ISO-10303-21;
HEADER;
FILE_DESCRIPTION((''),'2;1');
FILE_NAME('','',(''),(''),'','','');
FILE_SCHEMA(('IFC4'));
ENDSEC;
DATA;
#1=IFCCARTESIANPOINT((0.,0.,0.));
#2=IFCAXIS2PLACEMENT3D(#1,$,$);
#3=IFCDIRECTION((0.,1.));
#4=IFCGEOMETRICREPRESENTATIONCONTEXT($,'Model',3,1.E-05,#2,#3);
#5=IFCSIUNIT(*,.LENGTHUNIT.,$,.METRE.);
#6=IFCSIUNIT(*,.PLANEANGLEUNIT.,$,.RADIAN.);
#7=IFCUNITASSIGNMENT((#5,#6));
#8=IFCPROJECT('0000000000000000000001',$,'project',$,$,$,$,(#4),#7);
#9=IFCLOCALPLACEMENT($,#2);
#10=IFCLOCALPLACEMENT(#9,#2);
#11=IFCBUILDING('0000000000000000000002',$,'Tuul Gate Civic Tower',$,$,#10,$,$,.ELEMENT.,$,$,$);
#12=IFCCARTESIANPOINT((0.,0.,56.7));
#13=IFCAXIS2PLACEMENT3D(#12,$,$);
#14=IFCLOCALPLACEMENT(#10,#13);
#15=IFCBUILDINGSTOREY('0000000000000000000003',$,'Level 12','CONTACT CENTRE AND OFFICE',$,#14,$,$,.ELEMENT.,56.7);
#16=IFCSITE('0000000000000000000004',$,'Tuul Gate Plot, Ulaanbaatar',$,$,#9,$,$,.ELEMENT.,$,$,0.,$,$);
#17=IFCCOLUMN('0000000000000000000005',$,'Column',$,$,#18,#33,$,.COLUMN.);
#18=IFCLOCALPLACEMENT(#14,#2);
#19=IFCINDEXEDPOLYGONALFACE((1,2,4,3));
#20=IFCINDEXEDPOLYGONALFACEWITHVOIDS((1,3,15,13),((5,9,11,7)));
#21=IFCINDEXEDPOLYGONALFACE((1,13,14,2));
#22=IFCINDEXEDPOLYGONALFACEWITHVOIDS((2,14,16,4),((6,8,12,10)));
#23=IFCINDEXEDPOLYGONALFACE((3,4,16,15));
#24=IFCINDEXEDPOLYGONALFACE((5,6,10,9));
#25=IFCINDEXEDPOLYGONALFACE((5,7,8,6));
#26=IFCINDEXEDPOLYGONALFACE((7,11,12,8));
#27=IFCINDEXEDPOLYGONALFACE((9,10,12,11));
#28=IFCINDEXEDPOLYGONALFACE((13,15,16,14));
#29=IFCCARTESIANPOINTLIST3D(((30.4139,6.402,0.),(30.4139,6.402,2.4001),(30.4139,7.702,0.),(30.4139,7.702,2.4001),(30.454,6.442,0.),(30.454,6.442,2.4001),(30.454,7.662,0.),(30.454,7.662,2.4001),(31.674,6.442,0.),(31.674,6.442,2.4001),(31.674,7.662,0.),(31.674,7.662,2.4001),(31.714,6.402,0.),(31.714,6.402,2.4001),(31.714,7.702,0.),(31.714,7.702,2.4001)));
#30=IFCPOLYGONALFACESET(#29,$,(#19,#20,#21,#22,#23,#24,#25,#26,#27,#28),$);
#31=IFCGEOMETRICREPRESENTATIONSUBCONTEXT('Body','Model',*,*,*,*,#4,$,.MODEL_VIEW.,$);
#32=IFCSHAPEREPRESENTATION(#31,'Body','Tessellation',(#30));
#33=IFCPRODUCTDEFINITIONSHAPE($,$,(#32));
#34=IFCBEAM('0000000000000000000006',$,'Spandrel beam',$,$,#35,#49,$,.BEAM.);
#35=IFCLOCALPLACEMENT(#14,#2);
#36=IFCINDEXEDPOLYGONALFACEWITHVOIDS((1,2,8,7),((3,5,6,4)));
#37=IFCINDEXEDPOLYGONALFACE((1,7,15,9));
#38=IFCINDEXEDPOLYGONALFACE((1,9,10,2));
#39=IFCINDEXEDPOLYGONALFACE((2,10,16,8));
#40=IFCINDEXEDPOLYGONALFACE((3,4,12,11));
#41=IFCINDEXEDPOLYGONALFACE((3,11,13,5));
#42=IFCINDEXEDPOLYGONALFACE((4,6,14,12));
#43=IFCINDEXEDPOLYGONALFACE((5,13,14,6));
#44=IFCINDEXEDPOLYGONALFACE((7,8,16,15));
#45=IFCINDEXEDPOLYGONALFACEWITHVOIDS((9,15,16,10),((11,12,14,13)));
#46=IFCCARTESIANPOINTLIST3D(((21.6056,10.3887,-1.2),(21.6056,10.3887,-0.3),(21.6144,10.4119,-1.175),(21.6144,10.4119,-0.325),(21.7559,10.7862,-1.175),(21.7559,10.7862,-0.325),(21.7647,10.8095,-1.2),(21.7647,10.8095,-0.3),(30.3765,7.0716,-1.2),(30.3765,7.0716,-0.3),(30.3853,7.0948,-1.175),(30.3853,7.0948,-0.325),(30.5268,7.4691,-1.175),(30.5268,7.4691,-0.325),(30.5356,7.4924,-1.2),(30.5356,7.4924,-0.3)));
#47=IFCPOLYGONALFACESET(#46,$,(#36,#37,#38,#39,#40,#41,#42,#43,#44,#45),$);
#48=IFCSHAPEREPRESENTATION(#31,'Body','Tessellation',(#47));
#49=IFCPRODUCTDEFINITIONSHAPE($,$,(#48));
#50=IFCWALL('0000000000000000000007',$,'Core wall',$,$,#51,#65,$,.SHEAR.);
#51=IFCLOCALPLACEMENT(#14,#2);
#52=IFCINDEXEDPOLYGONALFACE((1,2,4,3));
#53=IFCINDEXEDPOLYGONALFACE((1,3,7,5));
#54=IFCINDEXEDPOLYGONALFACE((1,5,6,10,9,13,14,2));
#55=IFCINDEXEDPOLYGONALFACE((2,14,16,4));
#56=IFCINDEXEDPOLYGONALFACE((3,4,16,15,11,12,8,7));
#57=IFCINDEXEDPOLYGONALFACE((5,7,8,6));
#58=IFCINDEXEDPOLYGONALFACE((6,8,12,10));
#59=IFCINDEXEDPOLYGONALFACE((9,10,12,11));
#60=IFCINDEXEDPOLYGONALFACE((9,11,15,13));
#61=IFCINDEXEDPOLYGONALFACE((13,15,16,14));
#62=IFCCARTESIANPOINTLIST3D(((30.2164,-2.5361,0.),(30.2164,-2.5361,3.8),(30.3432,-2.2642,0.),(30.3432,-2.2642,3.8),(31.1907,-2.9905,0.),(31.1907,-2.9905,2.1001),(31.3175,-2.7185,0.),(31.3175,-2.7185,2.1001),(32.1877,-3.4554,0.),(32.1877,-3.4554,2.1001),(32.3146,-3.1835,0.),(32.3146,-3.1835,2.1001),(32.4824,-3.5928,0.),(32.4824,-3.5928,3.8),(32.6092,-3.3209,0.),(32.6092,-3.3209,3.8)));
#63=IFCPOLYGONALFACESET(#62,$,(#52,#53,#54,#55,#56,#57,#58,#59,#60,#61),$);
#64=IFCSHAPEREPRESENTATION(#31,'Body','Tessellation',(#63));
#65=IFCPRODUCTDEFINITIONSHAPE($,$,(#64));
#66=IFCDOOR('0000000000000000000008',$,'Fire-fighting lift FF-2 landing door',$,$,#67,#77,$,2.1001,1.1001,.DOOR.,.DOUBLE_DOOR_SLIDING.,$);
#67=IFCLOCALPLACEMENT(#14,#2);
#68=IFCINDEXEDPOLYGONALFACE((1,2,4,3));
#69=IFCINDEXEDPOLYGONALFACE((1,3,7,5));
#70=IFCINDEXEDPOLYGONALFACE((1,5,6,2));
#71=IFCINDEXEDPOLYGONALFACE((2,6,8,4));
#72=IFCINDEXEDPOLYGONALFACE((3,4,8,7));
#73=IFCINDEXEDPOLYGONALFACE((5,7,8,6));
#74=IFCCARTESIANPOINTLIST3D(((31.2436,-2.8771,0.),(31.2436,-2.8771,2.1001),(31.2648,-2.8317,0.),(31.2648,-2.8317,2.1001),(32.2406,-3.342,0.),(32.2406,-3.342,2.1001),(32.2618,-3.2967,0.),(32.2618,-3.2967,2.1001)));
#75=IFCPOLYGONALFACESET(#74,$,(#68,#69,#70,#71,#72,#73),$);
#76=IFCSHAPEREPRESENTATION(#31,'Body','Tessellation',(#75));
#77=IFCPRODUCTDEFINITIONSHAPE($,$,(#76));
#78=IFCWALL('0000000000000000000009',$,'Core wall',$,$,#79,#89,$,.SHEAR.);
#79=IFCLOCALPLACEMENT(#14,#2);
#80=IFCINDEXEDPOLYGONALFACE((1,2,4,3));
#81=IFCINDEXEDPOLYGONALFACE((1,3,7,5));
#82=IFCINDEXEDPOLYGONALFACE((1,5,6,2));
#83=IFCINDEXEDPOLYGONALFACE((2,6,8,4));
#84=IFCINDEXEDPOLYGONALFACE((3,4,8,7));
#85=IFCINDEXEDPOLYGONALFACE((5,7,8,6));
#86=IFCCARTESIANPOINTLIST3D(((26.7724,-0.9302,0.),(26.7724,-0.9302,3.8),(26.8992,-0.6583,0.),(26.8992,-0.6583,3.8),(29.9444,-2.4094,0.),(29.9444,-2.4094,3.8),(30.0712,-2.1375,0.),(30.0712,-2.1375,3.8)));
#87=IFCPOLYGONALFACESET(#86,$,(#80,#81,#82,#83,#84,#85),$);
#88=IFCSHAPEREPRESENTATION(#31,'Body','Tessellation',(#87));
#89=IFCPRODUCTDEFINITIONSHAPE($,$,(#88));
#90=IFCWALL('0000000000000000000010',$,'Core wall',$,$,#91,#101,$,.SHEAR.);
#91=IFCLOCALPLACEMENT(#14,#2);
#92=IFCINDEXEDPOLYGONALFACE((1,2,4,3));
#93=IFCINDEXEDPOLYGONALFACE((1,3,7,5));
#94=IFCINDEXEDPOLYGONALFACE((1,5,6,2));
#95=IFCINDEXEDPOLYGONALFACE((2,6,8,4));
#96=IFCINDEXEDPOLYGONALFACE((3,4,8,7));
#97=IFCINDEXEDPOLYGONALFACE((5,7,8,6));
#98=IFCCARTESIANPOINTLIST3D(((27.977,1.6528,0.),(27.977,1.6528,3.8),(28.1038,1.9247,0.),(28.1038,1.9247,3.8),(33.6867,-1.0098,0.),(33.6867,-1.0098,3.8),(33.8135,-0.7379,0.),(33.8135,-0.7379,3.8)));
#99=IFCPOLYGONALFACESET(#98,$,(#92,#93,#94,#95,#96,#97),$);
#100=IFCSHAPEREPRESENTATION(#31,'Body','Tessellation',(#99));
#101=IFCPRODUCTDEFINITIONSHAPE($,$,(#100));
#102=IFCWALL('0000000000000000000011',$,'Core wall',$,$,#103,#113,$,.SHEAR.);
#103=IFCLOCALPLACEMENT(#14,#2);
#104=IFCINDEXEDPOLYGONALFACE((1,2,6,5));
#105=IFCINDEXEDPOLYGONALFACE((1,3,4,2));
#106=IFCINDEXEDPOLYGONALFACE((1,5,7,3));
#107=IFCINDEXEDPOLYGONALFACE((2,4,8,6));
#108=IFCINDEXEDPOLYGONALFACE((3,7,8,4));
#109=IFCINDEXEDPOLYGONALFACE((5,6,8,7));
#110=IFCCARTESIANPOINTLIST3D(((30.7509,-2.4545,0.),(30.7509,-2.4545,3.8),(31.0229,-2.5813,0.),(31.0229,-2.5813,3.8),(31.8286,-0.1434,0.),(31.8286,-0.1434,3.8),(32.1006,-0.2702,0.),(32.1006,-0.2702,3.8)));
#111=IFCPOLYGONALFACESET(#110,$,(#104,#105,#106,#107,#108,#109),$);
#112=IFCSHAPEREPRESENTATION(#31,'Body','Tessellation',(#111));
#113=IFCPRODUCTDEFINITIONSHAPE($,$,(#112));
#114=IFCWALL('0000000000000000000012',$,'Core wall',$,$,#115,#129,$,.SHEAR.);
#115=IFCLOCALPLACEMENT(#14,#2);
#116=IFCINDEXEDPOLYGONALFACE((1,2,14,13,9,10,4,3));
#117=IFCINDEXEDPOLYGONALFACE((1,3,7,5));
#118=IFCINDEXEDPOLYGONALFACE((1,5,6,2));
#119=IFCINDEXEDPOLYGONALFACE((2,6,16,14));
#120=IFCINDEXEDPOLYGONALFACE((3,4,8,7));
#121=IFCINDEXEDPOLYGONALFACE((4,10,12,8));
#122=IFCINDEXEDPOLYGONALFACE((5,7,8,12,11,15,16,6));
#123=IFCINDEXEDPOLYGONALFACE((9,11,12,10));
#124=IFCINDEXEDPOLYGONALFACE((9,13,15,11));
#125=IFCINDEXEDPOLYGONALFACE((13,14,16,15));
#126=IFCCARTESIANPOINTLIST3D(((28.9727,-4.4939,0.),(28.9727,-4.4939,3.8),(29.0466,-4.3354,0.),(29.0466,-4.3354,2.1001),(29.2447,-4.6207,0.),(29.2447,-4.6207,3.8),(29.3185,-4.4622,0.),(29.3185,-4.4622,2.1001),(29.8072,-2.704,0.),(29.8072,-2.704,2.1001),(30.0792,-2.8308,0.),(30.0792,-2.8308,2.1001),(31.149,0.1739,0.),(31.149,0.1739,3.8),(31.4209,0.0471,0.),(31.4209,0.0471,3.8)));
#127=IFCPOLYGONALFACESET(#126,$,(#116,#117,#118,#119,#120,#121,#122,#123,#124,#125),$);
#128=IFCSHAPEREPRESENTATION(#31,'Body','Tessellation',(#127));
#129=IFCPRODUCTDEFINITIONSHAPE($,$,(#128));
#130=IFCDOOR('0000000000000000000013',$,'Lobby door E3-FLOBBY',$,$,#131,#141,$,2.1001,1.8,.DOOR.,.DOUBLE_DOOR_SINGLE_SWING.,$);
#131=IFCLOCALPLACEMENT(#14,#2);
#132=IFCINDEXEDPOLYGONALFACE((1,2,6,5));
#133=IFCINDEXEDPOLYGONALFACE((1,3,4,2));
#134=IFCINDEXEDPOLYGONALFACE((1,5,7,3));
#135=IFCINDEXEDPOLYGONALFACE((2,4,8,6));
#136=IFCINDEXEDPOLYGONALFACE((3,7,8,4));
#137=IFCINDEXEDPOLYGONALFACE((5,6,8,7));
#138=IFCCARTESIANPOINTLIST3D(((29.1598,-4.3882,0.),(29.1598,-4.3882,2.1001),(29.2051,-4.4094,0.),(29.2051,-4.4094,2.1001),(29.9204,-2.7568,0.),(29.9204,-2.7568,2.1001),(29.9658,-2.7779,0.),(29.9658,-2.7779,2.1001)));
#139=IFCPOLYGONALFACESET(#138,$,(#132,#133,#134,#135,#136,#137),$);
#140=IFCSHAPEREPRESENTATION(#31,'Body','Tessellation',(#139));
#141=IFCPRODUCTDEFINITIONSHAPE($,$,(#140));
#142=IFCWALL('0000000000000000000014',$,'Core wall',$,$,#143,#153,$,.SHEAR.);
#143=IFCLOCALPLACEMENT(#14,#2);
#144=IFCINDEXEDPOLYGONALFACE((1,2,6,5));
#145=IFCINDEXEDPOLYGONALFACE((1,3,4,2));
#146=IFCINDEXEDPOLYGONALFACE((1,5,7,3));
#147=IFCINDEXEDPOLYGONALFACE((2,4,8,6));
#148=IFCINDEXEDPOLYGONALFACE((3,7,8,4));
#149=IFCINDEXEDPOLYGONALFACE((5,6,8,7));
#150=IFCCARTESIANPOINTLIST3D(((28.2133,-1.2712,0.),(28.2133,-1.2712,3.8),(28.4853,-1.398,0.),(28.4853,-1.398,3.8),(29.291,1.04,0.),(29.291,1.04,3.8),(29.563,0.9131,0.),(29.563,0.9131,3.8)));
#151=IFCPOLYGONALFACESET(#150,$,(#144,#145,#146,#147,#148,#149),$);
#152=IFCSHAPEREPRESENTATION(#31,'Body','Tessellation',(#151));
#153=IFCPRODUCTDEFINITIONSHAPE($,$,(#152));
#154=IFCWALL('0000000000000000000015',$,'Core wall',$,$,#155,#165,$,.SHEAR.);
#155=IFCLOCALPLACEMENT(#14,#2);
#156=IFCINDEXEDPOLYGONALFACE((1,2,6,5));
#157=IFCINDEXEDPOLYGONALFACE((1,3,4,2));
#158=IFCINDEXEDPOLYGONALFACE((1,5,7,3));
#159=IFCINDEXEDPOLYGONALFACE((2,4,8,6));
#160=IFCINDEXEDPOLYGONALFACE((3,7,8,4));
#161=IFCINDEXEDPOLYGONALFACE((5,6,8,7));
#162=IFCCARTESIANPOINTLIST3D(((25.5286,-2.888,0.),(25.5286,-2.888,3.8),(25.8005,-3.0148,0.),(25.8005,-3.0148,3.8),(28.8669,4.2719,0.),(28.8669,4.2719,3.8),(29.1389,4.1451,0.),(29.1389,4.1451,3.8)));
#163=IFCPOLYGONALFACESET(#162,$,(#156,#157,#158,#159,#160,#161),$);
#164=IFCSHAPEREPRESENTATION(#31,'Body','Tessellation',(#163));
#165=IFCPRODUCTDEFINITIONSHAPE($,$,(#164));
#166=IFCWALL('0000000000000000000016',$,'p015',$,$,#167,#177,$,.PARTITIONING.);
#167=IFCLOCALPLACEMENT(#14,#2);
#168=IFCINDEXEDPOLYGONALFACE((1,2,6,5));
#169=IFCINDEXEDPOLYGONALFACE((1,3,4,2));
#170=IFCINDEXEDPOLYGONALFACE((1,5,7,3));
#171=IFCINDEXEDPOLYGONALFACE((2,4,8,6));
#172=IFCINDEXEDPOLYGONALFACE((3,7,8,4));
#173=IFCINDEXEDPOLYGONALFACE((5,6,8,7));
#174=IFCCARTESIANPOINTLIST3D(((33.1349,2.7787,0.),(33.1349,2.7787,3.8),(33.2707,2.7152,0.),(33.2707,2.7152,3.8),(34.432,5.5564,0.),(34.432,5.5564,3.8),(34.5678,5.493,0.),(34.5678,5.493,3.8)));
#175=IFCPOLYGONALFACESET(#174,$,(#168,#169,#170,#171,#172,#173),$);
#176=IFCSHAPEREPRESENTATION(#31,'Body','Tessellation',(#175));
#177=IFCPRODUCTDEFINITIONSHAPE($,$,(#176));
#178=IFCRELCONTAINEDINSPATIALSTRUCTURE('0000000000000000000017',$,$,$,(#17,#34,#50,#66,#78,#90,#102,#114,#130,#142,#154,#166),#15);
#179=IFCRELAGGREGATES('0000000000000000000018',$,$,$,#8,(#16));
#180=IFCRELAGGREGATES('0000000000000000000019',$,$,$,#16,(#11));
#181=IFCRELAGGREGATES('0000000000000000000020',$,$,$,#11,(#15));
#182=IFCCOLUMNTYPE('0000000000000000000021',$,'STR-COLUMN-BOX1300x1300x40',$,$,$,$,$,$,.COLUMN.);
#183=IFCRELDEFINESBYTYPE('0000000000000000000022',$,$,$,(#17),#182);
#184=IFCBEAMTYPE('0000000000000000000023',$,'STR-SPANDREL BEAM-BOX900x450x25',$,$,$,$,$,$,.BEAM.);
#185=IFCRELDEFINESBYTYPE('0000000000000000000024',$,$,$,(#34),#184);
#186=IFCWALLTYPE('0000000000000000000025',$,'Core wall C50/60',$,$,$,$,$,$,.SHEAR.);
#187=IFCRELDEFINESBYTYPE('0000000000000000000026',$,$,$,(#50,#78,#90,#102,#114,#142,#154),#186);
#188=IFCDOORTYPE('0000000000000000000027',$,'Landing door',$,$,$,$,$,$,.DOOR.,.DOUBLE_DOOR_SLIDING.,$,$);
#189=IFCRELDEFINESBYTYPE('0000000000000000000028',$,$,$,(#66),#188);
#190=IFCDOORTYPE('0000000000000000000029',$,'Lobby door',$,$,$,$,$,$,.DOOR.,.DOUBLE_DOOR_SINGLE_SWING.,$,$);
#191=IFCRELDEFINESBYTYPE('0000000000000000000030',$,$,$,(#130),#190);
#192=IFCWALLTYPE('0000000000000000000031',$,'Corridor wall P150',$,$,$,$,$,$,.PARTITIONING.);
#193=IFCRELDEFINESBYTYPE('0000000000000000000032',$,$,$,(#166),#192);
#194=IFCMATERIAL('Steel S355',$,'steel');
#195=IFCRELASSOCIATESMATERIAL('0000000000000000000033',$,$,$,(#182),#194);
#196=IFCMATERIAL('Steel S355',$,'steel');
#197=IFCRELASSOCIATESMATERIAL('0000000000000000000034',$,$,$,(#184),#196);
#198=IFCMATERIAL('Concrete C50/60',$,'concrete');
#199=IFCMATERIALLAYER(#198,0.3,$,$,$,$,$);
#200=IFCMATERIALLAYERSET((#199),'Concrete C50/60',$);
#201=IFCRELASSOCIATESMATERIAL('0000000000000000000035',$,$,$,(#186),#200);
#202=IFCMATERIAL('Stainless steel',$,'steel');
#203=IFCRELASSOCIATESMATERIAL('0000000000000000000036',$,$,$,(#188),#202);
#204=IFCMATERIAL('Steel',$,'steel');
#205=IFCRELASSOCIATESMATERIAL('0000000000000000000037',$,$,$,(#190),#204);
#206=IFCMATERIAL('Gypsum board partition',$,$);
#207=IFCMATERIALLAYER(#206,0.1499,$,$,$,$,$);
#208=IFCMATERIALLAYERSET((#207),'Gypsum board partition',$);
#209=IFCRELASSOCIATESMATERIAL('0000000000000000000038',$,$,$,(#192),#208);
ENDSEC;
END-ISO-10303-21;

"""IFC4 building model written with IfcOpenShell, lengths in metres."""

from ifc_helpers import new_model, si_unit, direction, frame, frame_2d, origin, origin_2d, place, context, subcontext, project, spatial, rectangle, hollow_rectangle, extrude, material, layer, layer_set, material_profile, profile_set, type_object, element, fill, save


model = new_model("IFC4")

# Units and contexts
model_context = context("Model", 3, precision=1e-05, world=origin(), true_north=direction((0.0, 1.0)))
body_context = subcontext(model_context, "Body", "Model", "MODEL_VIEW")
ifc_project = project(units=[si_unit("LENGTHUNIT", "METRE"), si_unit("PLANEANGLEUNIT", "RADIAN")], contexts=[model_context])

# Site, building, storey
site_placement = place(None, origin())
site = spatial("IfcSite", under=ifc_project, at=site_placement, Name="Tuul Gate Plot, Ulaanbaatar", CompositionType="ELEMENT", RefElevation=0.0)
building_placement = place(site_placement, origin())
building = spatial("IfcBuilding", under=site, at=building_placement, Name="Tuul Gate Civic Tower", CompositionType="ELEMENT")
storey_placement = place(building_placement, frame((0.0, 0.0, 56.7)))
storey = spatial("IfcBuildingStorey", under=building, at=storey_placement, Name="Level 12", Description="CONTACT CENTRE AND OFFICE", CompositionType="ELEMENT", Elevation=56.7)

# Column
ifc_material_1 = material(Name="Steel S355", Category="steel")
ifc_material_profile_1 = material_profile(ifc_material_1, hollow_rectangle(XDim=1.3, YDim=1.3, WallThickness=0.04, at=origin_2d()), Name="BOX1300x1300x40")
ifc_profile_set_1 = profile_set([ifc_material_profile_1], Name="Steel S355")
column_type = type_object("IfcColumnType", Name="STR-COLUMN-BOX1300x1300x40", PredefinedType="COLUMN", material=ifc_profile_set_1)
column_placement = place(storey_placement, frame((31.064, 7.052, 0.0), z_axis=(0.0, 0.0, 1.0), x_axis=(1.0, 0.0, 0.0)))
element("IfcColumn", 1, at=column_placement, inside=storey, type_object=column_type, Name="Column", PredefinedType="COLUMN", context=body_context, shape_type="SweptSolid", body=[
    extrude(hollow_rectangle(XDim=1.3, YDim=1.3, WallThickness=0.04, at=origin_2d()), origin(), (0.0, 0.0, 1.0), 2.4001),
])

# Beam
ifc_material_2 = material(Name="Steel S355", Category="steel")
ifc_material_profile_2 = material_profile(ifc_material_2, hollow_rectangle(XDim=0.45, YDim=0.8999, WallThickness=0.0249, at=origin_2d()), Name="BOX900x450x25")
ifc_profile_set_2 = profile_set([ifc_material_profile_2], Name="Steel S355")
beam_type = type_object("IfcBeamType", Name="STR-SPANDREL BEAM-BOX900x450x25", PredefinedType="BEAM", material=ifc_profile_set_2)
beam_placement = place(storey_placement, frame((30.4561, 7.282, -0.75), z_axis=(-0.935343, 0.353741, 0.0), x_axis=(-0.353741, -0.935343, 0.0)))
element("IfcBeam", 2, at=beam_placement, inside=storey, type_object=beam_type, Name="Spandrel beam", PredefinedType="BEAM", context=body_context, shape_type="SweptSolid", body=[
    extrude(hollow_rectangle(XDim=0.45, YDim=0.8999, WallThickness=0.0249, at=origin_2d()), origin(), (0.0, 0.0, 1.0), 9.3772),
])

# Wall, opening, door
ifc_material_3 = material(Name="Concrete C50/60", Category="concrete")
ifc_layer_1 = layer(ifc_material_3, 0.3)
ifc_layer_set_1 = layer_set([ifc_layer_1], Name="Concrete C50/60")
wall_type_1 = type_object("IfcWallType", Name="Core wall C50/60", PredefinedType="SHEAR", material=ifc_layer_set_1)
wall_1_placement = place(storey_placement, frame((32.5457, -3.4568, 0.0), z_axis=(0.0, 0.0, 1.0), x_axis=(-0.9063, 0.422634, 0.0)))
wall_1 = element("IfcWall", 3, at=wall_1_placement, inside=storey, type_object=wall_type_1, Name="Core wall", PredefinedType="SHEAR", context=body_context, shape_type="SweptSolid", body=[
    extrude(rectangle(XDim=2.5002, YDim=0.3, at=frame_2d((1.25, 0.0))), origin(), (0.0, 0.0, 1.0), 3.8),
])
opening_1_placement = place(wall_1_placement, frame((0.325, 0.0, 0.0)))
opening_1 = element("IfcOpeningElement", 4, at=opening_1_placement, cuts=wall_1, PredefinedType="OPENING", context=body_context, shape_type="SweptSolid", body=[
    extrude(rectangle(XDim=1.1001, YDim=2.1001, at=frame_2d((0.55, 1.05))), frame((0.0, 0.1602, 0.0), z_axis=(0.0, -1.0, 0.0), x_axis=(1.0, 0.0, 0.0)), (0.0, 0.0, 1.0), 0.3201),
])
ifc_material_4 = material(Name="Stainless steel", Category="steel")
door_type_1 = type_object("IfcDoorType", Name="Landing door", OperationType="DOUBLE_DOOR_SLIDING", PredefinedType="DOOR", material=ifc_material_4)
door_1_placement = place(opening_1_placement, origin())
door_1 = element("IfcDoor", 5, at=door_1_placement, inside=storey, type_object=door_type_1, Name="Fire-fighting lift FF-2 landing door", OperationType="DOUBLE_DOOR_SLIDING", OverallHeight=2.1001, OverallWidth=1.1001, PredefinedType="DOOR", context=body_context, shape_type="SweptSolid", body=[
    extrude(rectangle(XDim=1.1001, YDim=2.1001, at=frame_2d((0.55, 1.05))), frame((0.0, 0.0249, 0.0), z_axis=(0.0, -1.0, 0.0), x_axis=(1.0, 0.0, 0.0)), (0.0, 0.0, 1.0), 0.05),
])
fill(opening_1, door_1)

# Walls
wall_2_placement = place(storey_placement, frame((30.0078, -2.2734, 0.0), z_axis=(0.0, 0.0, 1.0), x_axis=(-0.906301, 0.422633, 0.0)))
element("IfcWall", 6, at=wall_2_placement, inside=storey, type_object=wall_type_1, Name="Core wall", PredefinedType="SHEAR", context=body_context, shape_type="SweptSolid", body=[
    extrude(rectangle(XDim=3.5, YDim=0.3, at=frame_2d((1.75, 0.0))), origin(), (0.0, 0.0, 1.0), 3.8),
])
wall_3_placement = place(storey_placement, frame((33.75, -0.8738, 0.0), z_axis=(0.0, 0.0, 1.0), x_axis=(-0.906301, 0.422633, 0.0)))
element("IfcWall", 7, at=wall_3_placement, inside=storey, type_object=wall_type_1, Name="Core wall", PredefinedType="SHEAR", context=body_context, shape_type="SweptSolid", body=[
    extrude(rectangle(XDim=6.3, YDim=0.3, at=frame_2d((3.1499, 0.0))), origin(), (0.0, 0.0, 1.0), 3.8),
])
wall_4_placement = place(storey_placement, frame((30.887, -2.5178, 0.0), z_axis=(0.0, 0.0, 1.0), x_axis=(0.422613, 0.90631, 0.0)))
element("IfcWall", 8, at=wall_4_placement, inside=storey, type_object=wall_type_1, Name="Core wall", PredefinedType="SHEAR", context=body_context, shape_type="SweptSolid", body=[
    extrude(rectangle(XDim=2.55, YDim=0.3, at=frame_2d((1.2749, 0.0))), origin(), (0.0, 0.0, 1.0), 3.8),
])

# Wall, opening, door
wall_5_placement = place(storey_placement, frame((29.1086, -4.5574, 0.0), z_axis=(0.0, 0.0, 1.0), x_axis=(0.422566, 0.906332, 0.0)))
wall_5 = element("IfcWall", 9, at=wall_5_placement, inside=storey, type_object=wall_type_1, Name="Core wall", PredefinedType="SHEAR", context=body_context, shape_type="SweptSolid", body=[
    extrude(rectangle(XDim=5.1501, YDim=0.3, at=frame_2d((2.5752, 0.0))), origin(), (0.0, 0.0, 1.0), 3.8),
])
opening_2_placement = place(wall_5_placement, frame((0.175, 0.0, 0.0)))
opening_2 = element("IfcOpeningElement", 10, at=opening_2_placement, cuts=wall_5, PredefinedType="OPENING", context=body_context, shape_type="SweptSolid", body=[
    extrude(rectangle(XDim=1.8, YDim=2.1001, at=frame_2d((0.8999, 1.05))), frame((0.0, 0.1602, 0.0), z_axis=(0.0, -1.0, 0.0), x_axis=(1.0, 0.0, 0.0)), (0.0, 0.0, 1.0), 0.3201),
])
ifc_material_5 = material(Name="Steel", Category="steel")
door_type_2 = type_object("IfcDoorType", Name="Lobby door", OperationType="DOUBLE_DOOR_SINGLE_SWING", PredefinedType="DOOR", material=ifc_material_5)
door_2_placement = place(opening_2_placement, frame((1.8, 0.0, 0.0), z_axis=(0.0, 0.0, 1.0), x_axis=(-1.0, 0.0, 0.0)))
door_2 = element("IfcDoor", 11, at=door_2_placement, inside=storey, type_object=door_type_2, Name="Lobby door E3-FLOBBY", OperationType="DOUBLE_DOOR_SINGLE_SWING", OverallHeight=2.1001, OverallWidth=1.8, PredefinedType="DOOR", context=body_context, shape_type="SweptSolid", body=[
    extrude(rectangle(XDim=1.8, YDim=2.1001, at=frame_2d((0.9001, 1.05))), frame((0.0, 0.0249, 0.0), z_axis=(0.0, -1.0, 0.0), x_axis=(1.0, 0.0, 0.0)), (0.0, 0.0, 1.0), 0.05),
])
fill(opening_2, door_2)

# Walls
wall_6_placement = place(storey_placement, frame((28.3494, -1.3345, 0.0), z_axis=(0.0, 0.0, 1.0), x_axis=(0.422613, 0.90631, 0.0)))
element("IfcWall", 12, at=wall_6_placement, inside=storey, type_object=wall_type_1, Name="Core wall", PredefinedType="SHEAR", context=body_context, shape_type="SweptSolid", body=[
    extrude(rectangle(XDim=2.55, YDim=0.3, at=frame_2d((1.2749, 0.0))), origin(), (0.0, 0.0, 1.0), 3.8),
])
wall_7_placement = place(storey_placement, frame((25.6646, -2.9514, 0.0), z_axis=(0.0, 0.0, 1.0), x_axis=(0.422583, 0.906324, 0.0)))
element("IfcWall", 13, at=wall_7_placement, inside=storey, type_object=wall_type_1, Name="Core wall", PredefinedType="SHEAR", context=body_context, shape_type="SweptSolid", body=[
    extrude(rectangle(XDim=7.8999, YDim=0.3, at=frame_2d((3.95, 0.0))), origin(), (0.0, 0.0, 1.0), 3.8),
])
ifc_material_6 = material(Name="Gypsum board partition")
ifc_layer_2 = layer(ifc_material_6, 0.1499)
ifc_layer_set_2 = layer_set([ifc_layer_2], Name="Gypsum board partition")
wall_type_2 = type_object("IfcWallType", Name="Corridor wall P150", PredefinedType="PARTITIONING", material=ifc_layer_set_2)
wall_8_placement = place(storey_placement, frame((33.2029, 2.7471, 0.0), z_axis=(0.0, 0.0, 1.0), x_axis=(0.423099, 0.906083, 0.0)))
element("IfcWall", 14, at=wall_8_placement, inside=storey, type_object=wall_type_2, Name="p015", PredefinedType="PARTITIONING", context=body_context, shape_type="SweptSolid", body=[
    extrude(rectangle(XDim=3.0657, YDim=0.1499, at=frame_2d((1.5327, 0.0))), origin(), (0.0, 0.0, 1.0), 3.8),
])

save(model, "model.ifc")
